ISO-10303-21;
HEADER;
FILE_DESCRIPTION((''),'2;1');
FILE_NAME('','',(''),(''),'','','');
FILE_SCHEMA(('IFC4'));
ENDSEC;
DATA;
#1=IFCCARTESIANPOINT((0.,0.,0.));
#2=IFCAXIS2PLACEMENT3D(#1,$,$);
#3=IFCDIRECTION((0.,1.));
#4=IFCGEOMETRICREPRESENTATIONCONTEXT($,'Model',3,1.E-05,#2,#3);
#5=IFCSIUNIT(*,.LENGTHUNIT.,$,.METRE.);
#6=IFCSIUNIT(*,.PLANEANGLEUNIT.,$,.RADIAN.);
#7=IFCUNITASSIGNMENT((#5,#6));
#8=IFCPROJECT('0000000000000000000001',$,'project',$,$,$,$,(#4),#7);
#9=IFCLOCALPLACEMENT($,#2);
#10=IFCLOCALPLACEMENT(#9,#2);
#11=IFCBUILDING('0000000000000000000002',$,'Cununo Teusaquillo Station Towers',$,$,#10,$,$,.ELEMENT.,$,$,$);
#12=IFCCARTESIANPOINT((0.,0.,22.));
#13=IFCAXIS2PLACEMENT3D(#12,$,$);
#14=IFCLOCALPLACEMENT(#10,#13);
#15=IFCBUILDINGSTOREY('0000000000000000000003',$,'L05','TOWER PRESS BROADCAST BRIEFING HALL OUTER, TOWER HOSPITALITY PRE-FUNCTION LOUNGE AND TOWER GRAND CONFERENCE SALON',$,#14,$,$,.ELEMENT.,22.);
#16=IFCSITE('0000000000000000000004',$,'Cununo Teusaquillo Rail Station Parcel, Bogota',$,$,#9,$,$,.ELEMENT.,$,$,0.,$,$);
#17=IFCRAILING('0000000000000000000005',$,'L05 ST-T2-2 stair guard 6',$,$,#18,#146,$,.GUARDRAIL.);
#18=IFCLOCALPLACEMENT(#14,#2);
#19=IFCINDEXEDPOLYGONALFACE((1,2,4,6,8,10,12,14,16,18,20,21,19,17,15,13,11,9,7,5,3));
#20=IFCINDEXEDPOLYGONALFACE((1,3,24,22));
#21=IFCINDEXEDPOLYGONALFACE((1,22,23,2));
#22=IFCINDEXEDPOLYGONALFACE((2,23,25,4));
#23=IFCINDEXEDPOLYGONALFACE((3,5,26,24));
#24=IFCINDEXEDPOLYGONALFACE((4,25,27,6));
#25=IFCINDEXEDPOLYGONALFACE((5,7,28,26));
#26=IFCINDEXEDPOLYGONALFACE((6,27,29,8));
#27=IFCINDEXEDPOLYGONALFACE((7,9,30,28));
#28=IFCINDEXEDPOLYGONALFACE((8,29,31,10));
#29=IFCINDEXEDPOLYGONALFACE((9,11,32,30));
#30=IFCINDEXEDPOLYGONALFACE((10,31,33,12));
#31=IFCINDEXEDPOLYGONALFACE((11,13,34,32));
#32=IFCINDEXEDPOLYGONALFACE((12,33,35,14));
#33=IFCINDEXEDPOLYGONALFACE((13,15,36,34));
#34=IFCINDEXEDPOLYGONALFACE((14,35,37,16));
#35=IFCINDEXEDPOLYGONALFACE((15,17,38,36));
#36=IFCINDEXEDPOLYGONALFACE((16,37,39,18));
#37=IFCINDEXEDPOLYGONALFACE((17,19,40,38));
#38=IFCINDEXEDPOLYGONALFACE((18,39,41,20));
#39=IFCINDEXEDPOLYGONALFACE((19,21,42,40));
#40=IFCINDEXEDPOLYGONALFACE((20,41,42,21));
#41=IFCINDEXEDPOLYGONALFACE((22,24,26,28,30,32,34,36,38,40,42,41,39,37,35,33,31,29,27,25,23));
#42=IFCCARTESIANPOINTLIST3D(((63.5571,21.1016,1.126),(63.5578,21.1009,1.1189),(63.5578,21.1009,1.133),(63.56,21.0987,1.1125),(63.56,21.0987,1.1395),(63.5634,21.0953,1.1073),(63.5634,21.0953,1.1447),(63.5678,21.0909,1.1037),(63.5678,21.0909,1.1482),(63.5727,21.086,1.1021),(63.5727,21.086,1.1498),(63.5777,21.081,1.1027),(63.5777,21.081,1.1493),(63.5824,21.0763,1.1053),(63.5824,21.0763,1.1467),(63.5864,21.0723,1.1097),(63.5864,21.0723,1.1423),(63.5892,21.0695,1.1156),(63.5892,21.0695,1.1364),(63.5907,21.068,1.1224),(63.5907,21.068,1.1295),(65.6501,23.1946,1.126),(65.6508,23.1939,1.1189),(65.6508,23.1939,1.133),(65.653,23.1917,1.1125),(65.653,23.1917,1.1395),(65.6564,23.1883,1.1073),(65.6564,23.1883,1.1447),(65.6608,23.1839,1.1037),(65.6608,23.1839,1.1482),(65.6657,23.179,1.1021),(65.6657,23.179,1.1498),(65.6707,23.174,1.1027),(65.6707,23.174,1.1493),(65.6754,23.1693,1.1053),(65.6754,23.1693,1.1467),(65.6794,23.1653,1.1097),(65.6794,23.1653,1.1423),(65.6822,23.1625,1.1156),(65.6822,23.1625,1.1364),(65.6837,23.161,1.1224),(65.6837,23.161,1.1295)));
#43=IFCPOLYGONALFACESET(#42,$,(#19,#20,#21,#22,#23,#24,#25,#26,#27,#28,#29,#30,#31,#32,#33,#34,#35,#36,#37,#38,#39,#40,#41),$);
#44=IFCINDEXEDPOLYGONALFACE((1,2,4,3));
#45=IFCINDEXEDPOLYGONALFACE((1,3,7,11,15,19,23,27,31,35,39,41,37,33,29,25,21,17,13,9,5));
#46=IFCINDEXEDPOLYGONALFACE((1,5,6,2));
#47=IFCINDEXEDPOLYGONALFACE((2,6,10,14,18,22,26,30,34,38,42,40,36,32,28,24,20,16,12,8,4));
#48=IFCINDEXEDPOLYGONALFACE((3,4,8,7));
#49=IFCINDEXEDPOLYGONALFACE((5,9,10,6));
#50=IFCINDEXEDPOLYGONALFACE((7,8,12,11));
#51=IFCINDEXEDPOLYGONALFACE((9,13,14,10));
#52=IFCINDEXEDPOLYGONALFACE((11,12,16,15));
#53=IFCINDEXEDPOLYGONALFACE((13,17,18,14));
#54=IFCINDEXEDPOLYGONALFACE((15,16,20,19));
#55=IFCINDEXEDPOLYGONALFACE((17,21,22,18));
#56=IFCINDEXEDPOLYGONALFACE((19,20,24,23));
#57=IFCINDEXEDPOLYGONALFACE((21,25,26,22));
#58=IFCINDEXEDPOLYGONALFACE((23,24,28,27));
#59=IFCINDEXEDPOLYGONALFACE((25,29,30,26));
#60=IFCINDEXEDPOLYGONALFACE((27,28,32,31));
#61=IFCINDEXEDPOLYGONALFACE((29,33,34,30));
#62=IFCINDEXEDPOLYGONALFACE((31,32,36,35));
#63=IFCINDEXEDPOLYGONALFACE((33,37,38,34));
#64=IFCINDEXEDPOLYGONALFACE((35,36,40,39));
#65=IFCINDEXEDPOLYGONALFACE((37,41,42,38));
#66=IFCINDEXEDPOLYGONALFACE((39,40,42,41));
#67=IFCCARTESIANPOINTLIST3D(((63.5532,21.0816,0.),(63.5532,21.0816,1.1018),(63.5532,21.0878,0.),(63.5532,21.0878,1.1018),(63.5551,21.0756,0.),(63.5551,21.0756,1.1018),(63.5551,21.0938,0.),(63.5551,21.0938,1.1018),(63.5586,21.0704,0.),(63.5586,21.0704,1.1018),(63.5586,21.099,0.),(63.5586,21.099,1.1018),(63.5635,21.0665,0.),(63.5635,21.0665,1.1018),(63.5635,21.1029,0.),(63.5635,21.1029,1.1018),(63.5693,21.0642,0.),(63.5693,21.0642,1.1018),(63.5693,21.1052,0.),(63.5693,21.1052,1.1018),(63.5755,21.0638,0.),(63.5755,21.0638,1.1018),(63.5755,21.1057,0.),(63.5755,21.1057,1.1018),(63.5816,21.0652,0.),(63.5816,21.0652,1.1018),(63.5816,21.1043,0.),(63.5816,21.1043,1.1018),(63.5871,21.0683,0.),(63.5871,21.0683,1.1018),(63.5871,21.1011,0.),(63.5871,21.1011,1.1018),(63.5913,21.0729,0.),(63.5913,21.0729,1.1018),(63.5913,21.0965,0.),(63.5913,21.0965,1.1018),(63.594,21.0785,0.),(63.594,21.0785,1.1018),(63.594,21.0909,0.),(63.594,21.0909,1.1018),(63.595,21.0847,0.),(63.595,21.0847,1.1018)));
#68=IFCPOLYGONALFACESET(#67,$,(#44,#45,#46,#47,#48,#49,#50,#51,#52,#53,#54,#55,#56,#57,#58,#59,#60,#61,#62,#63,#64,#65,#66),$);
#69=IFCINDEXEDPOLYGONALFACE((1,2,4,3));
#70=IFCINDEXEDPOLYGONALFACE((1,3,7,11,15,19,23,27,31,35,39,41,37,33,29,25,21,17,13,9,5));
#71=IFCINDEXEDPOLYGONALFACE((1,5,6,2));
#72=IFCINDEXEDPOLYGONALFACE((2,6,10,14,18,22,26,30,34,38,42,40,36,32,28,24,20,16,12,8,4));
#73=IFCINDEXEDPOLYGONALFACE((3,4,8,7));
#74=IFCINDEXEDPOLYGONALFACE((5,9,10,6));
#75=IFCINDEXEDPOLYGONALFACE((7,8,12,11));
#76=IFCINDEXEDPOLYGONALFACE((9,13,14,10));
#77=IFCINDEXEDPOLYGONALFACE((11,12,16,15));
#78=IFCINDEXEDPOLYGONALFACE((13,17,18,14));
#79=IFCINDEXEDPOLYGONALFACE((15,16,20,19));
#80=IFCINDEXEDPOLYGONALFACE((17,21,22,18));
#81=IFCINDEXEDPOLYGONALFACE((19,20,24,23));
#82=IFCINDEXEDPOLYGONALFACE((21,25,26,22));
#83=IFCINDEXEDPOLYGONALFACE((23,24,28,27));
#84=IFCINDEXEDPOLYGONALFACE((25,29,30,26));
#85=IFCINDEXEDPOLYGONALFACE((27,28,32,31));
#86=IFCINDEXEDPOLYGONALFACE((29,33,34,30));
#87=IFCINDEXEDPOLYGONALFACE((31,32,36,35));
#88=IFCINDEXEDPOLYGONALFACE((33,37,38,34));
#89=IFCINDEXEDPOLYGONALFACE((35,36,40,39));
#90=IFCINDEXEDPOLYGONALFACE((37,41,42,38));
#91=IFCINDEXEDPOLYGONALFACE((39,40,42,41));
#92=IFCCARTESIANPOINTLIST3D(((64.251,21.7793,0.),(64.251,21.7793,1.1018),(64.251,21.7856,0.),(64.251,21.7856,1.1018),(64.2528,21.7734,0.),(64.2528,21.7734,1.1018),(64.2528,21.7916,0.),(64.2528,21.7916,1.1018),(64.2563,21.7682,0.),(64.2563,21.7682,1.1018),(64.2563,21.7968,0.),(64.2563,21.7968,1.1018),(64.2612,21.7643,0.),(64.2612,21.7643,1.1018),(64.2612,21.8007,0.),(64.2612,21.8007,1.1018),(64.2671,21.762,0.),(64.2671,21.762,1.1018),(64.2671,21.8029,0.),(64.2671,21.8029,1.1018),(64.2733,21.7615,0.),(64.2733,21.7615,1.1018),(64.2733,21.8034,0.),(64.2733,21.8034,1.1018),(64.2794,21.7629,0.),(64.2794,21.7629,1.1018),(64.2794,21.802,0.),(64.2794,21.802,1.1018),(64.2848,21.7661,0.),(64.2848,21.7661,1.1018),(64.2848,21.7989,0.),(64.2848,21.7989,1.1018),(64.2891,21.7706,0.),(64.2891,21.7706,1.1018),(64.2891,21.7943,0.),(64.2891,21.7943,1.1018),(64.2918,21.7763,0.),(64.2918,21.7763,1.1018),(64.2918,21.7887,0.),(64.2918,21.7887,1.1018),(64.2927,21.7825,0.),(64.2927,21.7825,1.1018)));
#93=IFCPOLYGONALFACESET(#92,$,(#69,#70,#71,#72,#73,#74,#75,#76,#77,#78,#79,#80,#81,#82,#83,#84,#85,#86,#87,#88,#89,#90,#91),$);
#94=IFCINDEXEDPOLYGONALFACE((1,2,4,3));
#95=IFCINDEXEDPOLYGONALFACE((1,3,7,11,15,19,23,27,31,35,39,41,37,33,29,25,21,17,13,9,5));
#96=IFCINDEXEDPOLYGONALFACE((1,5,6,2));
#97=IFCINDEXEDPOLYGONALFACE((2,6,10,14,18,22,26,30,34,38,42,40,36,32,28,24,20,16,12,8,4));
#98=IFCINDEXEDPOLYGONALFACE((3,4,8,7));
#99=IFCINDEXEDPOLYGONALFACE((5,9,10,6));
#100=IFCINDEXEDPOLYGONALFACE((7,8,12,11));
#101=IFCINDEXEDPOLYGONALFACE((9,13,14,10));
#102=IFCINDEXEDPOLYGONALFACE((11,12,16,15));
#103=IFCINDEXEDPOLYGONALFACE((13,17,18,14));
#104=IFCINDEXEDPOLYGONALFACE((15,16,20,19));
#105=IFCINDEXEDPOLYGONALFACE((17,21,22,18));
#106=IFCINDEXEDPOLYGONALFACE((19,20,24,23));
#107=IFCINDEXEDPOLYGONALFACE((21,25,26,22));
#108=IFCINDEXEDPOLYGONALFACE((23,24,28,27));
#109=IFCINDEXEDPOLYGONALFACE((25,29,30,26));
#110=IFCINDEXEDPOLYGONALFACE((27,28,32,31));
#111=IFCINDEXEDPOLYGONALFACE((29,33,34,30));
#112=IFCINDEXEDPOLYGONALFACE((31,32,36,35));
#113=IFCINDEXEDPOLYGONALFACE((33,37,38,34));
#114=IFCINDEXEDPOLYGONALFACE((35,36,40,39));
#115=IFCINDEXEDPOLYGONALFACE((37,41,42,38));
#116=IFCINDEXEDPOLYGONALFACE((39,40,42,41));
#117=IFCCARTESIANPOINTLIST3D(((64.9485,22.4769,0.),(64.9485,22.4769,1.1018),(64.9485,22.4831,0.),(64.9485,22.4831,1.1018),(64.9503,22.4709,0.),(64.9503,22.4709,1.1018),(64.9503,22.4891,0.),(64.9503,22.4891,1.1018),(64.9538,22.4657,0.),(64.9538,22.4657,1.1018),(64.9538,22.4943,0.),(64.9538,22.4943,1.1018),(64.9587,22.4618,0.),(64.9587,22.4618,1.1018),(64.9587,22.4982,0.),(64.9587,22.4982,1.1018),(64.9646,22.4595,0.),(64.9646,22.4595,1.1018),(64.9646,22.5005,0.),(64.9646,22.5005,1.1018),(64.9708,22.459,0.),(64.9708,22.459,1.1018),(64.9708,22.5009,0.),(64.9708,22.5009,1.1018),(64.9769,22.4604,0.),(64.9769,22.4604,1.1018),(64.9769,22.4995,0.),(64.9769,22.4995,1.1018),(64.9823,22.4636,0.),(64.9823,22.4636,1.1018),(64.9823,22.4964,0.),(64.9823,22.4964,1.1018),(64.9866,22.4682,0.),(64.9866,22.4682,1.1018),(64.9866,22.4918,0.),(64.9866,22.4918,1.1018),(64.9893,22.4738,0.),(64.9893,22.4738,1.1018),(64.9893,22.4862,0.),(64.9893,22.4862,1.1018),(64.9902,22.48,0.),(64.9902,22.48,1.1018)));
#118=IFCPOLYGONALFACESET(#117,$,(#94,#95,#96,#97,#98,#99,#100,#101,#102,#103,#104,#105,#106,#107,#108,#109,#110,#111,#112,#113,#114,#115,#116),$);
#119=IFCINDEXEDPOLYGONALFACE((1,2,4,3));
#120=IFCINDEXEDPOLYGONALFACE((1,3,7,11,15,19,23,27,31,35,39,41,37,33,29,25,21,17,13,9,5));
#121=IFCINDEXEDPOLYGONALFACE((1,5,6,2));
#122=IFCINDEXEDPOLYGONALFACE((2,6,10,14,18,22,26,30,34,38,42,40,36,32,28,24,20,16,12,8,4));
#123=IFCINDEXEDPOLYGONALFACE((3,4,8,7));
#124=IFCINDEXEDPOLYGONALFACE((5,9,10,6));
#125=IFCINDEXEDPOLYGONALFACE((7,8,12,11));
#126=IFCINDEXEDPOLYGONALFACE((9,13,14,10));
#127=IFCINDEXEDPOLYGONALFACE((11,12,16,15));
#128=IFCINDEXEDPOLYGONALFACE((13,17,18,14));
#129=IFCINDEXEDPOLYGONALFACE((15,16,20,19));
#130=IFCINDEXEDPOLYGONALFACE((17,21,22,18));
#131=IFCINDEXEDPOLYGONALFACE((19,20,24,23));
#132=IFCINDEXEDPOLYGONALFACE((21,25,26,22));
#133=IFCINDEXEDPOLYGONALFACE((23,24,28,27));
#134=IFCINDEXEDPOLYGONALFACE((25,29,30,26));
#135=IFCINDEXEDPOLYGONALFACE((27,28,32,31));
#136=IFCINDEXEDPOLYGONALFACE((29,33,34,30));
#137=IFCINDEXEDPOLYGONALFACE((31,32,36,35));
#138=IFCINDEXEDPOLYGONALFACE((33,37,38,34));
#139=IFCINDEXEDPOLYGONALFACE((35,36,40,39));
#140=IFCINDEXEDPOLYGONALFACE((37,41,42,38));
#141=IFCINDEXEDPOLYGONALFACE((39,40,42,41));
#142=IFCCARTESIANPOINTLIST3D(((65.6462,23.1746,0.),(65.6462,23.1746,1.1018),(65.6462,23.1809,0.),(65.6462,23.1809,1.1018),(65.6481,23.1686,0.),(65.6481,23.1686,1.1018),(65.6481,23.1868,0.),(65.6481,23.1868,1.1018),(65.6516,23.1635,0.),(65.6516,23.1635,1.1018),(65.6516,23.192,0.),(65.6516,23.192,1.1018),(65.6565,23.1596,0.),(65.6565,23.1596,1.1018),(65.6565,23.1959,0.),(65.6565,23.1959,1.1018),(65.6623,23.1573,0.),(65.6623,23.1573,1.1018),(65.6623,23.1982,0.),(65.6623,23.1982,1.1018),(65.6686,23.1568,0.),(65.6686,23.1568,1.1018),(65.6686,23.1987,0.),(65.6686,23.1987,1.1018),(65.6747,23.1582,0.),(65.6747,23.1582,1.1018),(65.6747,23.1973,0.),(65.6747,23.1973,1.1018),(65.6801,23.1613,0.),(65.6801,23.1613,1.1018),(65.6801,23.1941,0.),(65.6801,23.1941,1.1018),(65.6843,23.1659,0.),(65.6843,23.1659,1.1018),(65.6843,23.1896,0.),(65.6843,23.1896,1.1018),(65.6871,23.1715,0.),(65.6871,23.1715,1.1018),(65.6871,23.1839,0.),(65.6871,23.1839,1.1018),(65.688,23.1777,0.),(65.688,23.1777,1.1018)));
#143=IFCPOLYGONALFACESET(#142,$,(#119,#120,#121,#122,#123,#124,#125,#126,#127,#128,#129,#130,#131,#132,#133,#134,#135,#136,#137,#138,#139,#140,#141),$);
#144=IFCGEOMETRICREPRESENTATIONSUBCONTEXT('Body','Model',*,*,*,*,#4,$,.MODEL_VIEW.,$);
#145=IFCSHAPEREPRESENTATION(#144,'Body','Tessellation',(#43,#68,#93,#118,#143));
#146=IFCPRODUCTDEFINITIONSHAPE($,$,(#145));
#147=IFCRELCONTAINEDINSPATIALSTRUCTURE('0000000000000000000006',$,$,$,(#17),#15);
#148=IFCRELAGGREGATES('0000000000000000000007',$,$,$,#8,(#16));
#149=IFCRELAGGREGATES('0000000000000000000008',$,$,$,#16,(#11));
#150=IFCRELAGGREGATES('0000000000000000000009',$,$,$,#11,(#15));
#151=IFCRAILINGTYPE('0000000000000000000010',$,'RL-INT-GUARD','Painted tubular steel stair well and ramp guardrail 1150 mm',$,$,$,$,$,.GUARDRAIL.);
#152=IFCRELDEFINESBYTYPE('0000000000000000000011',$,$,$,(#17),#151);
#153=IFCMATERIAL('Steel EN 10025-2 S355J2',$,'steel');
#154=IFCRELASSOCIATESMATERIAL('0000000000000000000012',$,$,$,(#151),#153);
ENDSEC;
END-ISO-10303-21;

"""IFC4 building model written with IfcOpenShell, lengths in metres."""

from ifc_helpers import new_model, si_unit, direction, frame, origin, origin_2d, place, context, subcontext, project, spatial, circle, extrude, material, type_object, element, save


model = new_model("IFC4")

# Units and contexts
model_context = context("Model", 3, precision=1e-05, world=origin(), true_north=direction((0.0, 1.0)))
body_context = subcontext(model_context, "Body", "Model", "MODEL_VIEW")
ifc_project = project(units=[si_unit("LENGTHUNIT", "METRE"), si_unit("PLANEANGLEUNIT", "RADIAN")], contexts=[model_context])

# Site, building, storey
site_placement = place(None, origin())
site = spatial("IfcSite", under=ifc_project, at=site_placement, Name="Cununo Teusaquillo Rail Station Parcel, Bogota", CompositionType="ELEMENT", RefElevation=0.0)
building_placement = place(site_placement, origin())
building = spatial("IfcBuilding", under=site, at=building_placement, Name="Cununo Teusaquillo Station Towers", CompositionType="ELEMENT")
storey_placement = place(building_placement, frame((0.0, 0.0, 22.0)))
storey = spatial("IfcBuildingStorey", under=building, at=storey_placement, Name="L05", Description="TOWER PRESS BROADCAST BRIEFING HALL OUTER, TOWER HOSPITALITY PRE-FUNCTION LOUNGE AND TOWER GRAND CONFERENCE SALON", CompositionType="ELEMENT", Elevation=22.0)

# Railing
ifc_material_1 = material(Name="Steel EN 10025-2 S355J2", Category="steel")
railing_type = type_object("IfcRailingType", Name="RL-INT-GUARD", Description="Painted tubular steel stair well and ramp guardrail 1150 mm", PredefinedType="GUARDRAIL", material=ifc_material_1)
railing_1_placement = place(storey_placement, frame((63.574, 21.0847, 0.0)))
element("IfcRailing", 1, at=railing_1_placement, inside=storey, type_object=railing_type, Name="L05 ST-T2-2 stair guard 6", PredefinedType="GUARDRAIL", context=body_context, shape_type="SweptSolid", body=[
    extrude(circle(Radius=0.0239, at=origin_2d()), frame((0.0, 0.0, 1.126), z_axis=(0.707107, 0.707107, 0.0), x_axis=(-0.707107, 0.707107, 0.0)), (0.0, 0.0, 1.0), 2.96),
    extrude(circle(Radius=0.021, at=origin_2d()), origin(), (0.0, 0.0, 1.0), 1.1018),
    extrude(circle(Radius=0.021, at=origin_2d()), frame((0.6978, 0.6978, 0.0)), (0.0, 0.0, 1.0), 1.1018),
    extrude(circle(Radius=0.021, at=origin_2d()), frame((1.3953, 1.3953, 0.0)), (0.0, 0.0, 1.0), 1.1018),
    extrude(circle(Radius=0.021, at=origin_2d()), frame((2.093, 2.093, 0.0)), (0.0, 0.0, 1.0), 1.1018),
])

save(model, "model.ifc")
